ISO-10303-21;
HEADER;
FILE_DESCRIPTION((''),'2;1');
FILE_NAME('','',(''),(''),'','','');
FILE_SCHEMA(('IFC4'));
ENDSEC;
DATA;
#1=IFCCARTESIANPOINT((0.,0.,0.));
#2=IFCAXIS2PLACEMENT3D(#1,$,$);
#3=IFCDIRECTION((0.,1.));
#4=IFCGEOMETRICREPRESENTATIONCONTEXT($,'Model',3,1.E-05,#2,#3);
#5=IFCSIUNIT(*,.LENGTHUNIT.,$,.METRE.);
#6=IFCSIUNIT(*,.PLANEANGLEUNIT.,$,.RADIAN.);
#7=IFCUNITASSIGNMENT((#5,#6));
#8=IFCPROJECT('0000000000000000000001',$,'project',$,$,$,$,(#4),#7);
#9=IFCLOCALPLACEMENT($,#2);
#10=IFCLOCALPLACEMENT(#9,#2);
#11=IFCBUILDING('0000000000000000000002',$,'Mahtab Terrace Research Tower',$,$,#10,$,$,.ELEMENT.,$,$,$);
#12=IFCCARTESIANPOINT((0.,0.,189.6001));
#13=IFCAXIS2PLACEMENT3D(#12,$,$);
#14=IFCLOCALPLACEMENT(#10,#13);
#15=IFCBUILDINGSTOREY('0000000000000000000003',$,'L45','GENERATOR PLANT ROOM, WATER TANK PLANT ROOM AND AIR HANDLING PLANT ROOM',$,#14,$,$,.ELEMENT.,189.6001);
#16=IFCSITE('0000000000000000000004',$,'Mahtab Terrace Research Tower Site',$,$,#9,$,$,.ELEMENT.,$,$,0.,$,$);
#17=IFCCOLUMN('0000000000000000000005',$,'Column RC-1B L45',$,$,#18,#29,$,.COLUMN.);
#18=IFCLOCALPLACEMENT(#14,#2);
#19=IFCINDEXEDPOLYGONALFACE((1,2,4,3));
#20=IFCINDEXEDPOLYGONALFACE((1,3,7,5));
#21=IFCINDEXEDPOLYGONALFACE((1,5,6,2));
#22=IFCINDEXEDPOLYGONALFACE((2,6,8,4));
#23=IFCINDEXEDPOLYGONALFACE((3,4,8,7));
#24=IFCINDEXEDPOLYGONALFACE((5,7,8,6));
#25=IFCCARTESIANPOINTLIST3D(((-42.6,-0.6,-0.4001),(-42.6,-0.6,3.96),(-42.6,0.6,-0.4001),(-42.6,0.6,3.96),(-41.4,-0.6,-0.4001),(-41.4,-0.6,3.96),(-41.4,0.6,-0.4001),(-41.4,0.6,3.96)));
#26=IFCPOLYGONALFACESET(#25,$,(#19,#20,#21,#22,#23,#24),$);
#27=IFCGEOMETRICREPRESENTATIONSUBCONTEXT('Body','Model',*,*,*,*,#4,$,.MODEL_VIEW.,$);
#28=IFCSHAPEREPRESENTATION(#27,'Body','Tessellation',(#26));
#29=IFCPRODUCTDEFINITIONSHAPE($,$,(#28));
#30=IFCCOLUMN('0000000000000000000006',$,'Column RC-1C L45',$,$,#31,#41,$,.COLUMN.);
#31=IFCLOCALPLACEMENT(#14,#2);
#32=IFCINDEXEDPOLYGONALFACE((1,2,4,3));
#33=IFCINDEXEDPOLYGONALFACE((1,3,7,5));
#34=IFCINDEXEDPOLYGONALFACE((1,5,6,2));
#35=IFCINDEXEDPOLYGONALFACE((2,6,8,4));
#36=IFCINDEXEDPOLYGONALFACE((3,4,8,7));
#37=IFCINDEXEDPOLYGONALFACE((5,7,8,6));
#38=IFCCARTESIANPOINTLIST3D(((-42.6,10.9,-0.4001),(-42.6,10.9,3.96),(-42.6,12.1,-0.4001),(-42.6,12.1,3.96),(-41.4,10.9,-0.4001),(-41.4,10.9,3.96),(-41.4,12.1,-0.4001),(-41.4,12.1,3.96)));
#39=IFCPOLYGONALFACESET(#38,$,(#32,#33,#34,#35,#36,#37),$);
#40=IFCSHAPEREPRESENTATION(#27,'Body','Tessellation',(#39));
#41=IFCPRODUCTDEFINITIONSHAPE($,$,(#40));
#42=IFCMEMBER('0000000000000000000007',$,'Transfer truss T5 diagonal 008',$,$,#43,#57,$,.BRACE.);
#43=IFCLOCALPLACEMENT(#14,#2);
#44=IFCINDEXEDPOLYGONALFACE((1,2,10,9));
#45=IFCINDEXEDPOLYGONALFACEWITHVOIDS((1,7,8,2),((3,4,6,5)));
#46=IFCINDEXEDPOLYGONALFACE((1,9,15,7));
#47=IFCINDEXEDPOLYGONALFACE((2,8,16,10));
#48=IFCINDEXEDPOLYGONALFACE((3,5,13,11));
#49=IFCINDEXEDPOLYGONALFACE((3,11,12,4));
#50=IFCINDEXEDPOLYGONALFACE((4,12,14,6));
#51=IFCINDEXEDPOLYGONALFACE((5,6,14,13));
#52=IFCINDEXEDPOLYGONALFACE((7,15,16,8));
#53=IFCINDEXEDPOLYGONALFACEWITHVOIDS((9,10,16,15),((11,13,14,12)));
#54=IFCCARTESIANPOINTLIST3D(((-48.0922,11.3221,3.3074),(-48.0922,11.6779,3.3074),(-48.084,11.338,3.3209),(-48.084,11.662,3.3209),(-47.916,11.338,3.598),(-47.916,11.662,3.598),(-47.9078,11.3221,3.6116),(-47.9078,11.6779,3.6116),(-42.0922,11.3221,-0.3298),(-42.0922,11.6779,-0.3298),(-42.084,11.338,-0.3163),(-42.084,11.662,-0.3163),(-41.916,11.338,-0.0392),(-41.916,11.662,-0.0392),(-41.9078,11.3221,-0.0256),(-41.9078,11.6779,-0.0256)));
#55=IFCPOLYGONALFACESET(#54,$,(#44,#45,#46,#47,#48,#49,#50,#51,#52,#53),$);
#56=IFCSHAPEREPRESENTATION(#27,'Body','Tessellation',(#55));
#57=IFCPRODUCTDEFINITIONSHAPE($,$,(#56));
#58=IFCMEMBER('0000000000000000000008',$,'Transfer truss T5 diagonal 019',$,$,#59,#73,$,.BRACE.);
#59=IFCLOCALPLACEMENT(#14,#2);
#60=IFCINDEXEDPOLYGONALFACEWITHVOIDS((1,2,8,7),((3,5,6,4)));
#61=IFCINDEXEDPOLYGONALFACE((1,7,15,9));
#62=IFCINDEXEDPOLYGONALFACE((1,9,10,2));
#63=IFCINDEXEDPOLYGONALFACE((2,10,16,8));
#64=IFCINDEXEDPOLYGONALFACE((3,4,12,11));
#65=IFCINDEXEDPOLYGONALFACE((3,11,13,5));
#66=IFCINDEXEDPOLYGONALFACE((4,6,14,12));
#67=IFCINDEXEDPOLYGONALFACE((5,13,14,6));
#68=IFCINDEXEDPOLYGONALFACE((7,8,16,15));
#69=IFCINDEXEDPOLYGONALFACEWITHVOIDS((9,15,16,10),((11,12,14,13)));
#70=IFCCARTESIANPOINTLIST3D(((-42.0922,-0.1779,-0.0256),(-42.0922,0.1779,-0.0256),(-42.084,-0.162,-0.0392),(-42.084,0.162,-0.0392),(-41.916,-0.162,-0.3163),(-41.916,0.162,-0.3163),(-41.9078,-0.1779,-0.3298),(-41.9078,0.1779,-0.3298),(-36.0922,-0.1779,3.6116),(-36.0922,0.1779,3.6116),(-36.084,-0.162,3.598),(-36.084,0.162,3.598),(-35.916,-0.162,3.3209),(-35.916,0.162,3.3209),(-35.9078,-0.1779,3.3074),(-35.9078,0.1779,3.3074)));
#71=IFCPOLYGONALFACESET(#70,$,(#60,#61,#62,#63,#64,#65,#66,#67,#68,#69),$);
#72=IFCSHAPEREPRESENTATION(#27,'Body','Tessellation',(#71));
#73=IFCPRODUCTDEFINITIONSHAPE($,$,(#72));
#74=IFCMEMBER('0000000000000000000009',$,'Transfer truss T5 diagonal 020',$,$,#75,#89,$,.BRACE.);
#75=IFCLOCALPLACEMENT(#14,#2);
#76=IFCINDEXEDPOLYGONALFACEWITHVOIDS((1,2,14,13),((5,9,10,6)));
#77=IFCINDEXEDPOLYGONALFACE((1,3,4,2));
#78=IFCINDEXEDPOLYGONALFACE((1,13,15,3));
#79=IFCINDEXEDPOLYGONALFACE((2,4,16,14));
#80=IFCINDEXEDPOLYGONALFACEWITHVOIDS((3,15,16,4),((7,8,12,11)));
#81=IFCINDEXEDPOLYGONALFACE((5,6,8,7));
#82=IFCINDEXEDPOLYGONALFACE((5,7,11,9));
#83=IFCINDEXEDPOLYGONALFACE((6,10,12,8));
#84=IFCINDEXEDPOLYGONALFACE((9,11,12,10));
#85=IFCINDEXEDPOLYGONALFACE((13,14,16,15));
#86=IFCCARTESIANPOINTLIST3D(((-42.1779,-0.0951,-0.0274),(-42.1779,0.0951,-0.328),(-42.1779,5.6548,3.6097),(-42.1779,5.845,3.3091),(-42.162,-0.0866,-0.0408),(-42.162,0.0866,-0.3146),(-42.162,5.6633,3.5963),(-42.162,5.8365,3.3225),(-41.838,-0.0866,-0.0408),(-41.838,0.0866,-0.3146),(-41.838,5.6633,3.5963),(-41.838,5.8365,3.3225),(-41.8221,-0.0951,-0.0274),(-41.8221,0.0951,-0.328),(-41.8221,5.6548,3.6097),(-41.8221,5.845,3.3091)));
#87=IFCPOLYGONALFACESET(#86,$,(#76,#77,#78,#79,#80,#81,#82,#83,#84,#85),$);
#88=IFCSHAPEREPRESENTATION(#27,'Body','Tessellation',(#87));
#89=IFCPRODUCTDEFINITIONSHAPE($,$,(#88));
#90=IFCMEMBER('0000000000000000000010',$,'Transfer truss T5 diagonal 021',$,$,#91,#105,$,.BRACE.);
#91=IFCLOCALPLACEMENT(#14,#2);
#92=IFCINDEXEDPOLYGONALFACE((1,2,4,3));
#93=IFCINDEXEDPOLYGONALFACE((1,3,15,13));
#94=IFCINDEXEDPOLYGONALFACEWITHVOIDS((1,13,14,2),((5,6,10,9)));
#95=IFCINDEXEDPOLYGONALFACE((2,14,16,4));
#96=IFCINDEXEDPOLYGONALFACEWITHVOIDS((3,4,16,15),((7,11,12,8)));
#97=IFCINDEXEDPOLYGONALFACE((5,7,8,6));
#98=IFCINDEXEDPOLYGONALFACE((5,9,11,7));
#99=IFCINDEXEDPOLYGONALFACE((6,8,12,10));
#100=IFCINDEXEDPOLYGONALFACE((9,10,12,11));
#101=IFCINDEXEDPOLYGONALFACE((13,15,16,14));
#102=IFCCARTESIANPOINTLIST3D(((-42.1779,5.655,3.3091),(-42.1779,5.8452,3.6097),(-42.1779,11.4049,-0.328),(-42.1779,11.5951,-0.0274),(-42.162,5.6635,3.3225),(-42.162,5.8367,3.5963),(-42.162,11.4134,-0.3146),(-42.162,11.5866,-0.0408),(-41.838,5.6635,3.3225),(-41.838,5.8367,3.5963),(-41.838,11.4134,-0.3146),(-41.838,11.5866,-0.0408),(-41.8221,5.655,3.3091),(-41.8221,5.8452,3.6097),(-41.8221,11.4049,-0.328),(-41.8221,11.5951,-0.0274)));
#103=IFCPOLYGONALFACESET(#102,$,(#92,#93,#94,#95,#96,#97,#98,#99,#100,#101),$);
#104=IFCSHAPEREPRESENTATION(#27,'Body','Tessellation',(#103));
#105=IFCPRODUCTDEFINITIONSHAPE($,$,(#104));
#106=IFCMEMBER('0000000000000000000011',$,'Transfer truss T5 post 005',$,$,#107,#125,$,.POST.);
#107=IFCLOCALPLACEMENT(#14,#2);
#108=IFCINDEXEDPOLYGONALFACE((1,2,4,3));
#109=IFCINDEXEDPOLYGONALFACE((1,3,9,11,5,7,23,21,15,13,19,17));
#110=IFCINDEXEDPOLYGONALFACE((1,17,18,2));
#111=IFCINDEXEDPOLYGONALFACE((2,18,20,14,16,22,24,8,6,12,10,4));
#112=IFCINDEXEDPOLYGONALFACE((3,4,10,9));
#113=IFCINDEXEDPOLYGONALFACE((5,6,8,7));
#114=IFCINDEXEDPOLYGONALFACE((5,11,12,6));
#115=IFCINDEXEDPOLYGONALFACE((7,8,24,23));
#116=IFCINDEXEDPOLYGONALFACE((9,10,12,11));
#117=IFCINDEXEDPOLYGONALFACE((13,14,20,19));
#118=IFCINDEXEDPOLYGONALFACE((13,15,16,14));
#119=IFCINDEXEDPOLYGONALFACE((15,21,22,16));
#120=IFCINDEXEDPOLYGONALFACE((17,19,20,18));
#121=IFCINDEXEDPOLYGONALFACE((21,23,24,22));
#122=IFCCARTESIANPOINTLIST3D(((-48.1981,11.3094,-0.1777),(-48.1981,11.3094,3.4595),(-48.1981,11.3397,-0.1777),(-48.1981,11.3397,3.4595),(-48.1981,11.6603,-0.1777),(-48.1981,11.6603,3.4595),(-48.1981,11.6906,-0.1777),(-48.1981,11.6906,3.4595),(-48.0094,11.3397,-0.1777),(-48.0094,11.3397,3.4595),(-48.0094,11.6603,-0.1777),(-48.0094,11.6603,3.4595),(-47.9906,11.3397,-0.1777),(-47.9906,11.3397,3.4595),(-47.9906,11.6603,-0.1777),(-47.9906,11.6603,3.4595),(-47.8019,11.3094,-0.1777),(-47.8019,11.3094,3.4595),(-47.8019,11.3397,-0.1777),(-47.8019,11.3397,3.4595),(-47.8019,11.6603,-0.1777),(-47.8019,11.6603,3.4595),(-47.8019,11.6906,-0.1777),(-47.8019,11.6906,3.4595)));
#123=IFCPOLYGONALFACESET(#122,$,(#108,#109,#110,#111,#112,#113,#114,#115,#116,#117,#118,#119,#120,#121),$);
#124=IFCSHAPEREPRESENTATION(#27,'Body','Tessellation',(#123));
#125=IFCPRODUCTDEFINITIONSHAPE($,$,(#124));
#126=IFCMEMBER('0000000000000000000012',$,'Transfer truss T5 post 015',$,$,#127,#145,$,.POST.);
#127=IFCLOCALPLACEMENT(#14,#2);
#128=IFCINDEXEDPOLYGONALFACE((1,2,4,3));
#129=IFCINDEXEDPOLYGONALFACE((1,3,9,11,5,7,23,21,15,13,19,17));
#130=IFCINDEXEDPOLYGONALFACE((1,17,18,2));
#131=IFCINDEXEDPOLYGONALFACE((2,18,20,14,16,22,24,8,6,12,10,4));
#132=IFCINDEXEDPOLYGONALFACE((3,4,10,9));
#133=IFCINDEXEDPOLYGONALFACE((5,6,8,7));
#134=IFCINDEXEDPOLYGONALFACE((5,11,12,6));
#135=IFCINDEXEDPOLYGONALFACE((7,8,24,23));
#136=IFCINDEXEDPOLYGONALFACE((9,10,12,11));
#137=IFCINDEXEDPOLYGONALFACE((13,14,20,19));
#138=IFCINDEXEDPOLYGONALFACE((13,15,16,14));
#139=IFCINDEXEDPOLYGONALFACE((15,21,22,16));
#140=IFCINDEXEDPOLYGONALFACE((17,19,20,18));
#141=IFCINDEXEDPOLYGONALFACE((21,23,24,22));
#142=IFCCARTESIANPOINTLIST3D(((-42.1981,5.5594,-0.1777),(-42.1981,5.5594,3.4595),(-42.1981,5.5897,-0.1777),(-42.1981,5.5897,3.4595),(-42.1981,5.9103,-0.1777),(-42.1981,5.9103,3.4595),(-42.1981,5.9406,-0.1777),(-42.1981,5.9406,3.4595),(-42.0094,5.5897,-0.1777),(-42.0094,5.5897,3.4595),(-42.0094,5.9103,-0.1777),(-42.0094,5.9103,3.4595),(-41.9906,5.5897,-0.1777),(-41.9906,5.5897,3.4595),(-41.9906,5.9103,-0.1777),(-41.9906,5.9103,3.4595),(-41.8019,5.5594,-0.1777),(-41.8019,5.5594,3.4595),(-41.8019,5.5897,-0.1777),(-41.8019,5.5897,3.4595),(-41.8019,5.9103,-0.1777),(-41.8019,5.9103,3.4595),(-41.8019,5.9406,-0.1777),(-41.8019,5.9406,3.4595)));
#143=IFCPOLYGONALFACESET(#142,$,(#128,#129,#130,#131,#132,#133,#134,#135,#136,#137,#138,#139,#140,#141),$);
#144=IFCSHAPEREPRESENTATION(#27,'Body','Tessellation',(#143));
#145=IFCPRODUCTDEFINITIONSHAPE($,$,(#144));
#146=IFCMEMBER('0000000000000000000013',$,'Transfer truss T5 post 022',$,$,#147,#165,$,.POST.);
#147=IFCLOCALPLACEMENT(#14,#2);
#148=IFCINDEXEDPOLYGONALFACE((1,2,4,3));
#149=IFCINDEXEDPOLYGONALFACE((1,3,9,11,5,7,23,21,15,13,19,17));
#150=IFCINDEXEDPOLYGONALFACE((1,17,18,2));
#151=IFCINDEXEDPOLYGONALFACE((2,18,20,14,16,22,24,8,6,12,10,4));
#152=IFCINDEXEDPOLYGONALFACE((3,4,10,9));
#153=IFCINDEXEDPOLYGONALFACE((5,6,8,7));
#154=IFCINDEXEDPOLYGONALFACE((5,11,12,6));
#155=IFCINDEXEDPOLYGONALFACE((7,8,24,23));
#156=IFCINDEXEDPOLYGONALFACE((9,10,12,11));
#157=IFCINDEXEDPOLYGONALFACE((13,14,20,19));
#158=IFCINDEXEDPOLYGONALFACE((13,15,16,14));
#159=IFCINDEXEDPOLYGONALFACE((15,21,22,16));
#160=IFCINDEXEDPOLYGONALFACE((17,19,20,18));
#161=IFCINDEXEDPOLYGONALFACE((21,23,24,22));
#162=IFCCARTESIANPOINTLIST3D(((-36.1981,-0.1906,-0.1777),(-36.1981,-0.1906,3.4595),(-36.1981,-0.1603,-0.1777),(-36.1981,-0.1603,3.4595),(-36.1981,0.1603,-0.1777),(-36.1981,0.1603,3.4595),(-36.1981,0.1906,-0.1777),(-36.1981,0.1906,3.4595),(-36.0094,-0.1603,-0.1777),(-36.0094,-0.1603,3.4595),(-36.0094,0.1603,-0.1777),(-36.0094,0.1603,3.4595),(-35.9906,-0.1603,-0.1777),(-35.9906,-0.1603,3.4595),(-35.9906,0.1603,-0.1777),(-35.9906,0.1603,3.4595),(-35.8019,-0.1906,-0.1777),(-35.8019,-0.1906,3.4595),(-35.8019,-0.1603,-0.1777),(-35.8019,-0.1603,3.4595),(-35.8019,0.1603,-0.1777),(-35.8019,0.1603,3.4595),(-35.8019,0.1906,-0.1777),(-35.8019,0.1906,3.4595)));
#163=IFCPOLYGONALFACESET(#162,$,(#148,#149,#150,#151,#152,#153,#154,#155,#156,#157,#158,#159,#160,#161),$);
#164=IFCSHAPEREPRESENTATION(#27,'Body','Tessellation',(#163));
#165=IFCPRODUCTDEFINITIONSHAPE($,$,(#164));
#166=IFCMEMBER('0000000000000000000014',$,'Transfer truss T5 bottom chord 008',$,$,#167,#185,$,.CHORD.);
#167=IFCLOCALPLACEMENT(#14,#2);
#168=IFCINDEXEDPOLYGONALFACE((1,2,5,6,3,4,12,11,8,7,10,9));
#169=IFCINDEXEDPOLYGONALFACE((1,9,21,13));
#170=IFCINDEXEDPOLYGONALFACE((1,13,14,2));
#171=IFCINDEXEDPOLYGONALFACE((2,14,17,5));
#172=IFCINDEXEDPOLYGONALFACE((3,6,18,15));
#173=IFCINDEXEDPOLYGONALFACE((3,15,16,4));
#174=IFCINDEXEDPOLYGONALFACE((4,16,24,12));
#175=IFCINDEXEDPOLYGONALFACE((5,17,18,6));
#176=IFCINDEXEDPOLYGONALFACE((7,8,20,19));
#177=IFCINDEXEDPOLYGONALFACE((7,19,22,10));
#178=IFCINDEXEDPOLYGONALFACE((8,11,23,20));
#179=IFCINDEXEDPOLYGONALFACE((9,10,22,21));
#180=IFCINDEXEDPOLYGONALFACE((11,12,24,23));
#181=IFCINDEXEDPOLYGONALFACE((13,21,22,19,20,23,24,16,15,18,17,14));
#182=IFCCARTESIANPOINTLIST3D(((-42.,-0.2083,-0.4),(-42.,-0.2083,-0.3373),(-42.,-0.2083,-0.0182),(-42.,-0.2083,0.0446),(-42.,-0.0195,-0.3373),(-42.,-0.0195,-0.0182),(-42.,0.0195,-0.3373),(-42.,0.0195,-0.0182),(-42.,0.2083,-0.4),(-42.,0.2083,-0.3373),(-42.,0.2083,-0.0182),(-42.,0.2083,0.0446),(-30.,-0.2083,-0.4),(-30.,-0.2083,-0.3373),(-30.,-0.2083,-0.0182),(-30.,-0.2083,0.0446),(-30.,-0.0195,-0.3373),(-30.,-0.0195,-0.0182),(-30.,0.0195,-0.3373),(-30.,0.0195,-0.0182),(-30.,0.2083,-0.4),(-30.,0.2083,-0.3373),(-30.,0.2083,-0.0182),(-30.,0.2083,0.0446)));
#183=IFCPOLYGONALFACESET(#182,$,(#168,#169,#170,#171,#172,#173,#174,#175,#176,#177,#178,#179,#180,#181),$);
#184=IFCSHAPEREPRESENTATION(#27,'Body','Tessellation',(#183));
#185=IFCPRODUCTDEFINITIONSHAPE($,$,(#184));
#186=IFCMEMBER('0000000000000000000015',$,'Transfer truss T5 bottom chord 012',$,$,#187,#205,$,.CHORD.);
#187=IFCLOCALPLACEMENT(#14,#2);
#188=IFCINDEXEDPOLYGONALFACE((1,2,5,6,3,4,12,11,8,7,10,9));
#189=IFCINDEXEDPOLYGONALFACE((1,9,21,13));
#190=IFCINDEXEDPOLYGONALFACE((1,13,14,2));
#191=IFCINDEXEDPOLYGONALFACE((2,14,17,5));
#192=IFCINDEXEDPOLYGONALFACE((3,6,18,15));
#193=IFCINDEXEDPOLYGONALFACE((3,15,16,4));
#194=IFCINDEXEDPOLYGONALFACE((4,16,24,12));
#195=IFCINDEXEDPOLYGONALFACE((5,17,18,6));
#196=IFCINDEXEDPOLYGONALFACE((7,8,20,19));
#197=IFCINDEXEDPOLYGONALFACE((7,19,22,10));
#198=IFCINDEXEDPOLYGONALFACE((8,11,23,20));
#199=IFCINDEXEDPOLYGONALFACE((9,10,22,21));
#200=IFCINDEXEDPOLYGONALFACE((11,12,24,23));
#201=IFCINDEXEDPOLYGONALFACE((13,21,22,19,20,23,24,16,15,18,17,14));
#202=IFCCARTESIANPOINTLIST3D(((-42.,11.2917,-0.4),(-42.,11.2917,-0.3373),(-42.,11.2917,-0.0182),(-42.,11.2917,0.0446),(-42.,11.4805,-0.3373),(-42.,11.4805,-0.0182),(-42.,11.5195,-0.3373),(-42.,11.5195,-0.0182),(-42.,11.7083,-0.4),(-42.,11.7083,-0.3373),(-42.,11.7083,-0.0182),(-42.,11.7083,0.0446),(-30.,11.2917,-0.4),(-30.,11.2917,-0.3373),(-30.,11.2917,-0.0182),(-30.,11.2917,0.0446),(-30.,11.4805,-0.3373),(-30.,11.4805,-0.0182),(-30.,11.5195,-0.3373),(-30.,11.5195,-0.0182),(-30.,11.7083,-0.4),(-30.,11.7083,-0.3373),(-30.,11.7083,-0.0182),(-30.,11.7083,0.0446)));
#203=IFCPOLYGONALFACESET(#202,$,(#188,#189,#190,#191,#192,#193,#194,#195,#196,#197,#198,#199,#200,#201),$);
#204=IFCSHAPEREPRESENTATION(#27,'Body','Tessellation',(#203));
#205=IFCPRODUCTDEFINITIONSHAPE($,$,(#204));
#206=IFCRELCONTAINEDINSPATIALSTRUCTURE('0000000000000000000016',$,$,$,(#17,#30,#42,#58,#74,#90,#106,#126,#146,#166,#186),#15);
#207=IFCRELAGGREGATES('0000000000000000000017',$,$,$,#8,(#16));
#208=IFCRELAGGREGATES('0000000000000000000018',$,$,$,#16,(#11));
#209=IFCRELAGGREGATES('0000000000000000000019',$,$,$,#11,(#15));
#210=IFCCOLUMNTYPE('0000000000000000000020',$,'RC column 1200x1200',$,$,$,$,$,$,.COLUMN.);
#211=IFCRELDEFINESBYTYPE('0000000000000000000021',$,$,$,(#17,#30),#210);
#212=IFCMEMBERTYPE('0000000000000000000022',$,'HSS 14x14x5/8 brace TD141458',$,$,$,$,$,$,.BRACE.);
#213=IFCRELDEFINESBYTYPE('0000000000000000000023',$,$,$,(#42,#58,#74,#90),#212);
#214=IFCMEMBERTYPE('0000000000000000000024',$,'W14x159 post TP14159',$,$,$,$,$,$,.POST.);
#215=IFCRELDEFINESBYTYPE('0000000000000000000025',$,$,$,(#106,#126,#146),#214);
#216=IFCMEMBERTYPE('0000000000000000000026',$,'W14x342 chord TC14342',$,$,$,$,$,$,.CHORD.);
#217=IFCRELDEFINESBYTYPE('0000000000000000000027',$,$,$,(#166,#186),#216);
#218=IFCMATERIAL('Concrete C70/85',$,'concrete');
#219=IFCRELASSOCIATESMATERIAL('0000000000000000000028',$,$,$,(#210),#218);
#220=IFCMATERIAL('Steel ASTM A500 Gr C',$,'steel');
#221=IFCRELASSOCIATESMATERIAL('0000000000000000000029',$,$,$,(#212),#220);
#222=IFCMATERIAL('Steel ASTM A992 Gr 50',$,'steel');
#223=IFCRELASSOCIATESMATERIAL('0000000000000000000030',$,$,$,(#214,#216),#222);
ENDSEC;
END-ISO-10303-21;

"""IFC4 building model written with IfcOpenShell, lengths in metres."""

from ifc_helpers import new_model, si_unit, direction, frame, origin, origin_2d, place, context, subcontext, project, spatial, rectangle, hollow_rectangle, i_section, extrude, material, material_profile, profile_set, type_object, element, save


model = new_model("IFC4")

# Units and contexts
model_context = context("Model", 3, precision=1e-05, world=origin(), true_north=direction((0.0, 1.0)))
body_context = subcontext(model_context, "Body", "Model", "MODEL_VIEW")
ifc_project = project(units=[si_unit("LENGTHUNIT", "METRE"), si_unit("PLANEANGLEUNIT", "RADIAN")], contexts=[model_context])

# Site, building, storey
site_placement = place(None, origin())
site = spatial("IfcSite", under=ifc_project, at=site_placement, Name="Mahtab Terrace Research Tower Site", CompositionType="ELEMENT", RefElevation=0.0)
building_placement = place(site_placement, origin())
building = spatial("IfcBuilding", under=site, at=building_placement, Name="Mahtab Terrace Research Tower", CompositionType="ELEMENT")
storey_placement = place(building_placement, frame((0.0, 0.0, 189.6001)))
storey = spatial("IfcBuildingStorey", under=building, at=storey_placement, Name="L45", Description="GENERATOR PLANT ROOM, WATER TANK PLANT ROOM AND AIR HANDLING PLANT ROOM", CompositionType="ELEMENT", Elevation=189.6001)

# Columns
ifc_material_1 = material(Name="Concrete C70/85", Category="concrete")
ifc_material_profile_1 = material_profile(ifc_material_1, rectangle(XDim=1.2, YDim=1.2, at=origin_2d()), Name="RC column 1200x1200")
ifc_profile_set_1 = profile_set([ifc_material_profile_1], Name="Concrete C70/85")
column_type = type_object("IfcColumnType", Name="RC column 1200x1200", PredefinedType="COLUMN", material=ifc_profile_set_1)
for number, where, z_axis, x_axis, name in (
    (1, (-42.0, 0.0, -0.4001), (0.0, 0.0, 1.0), (1.0, 0.0, 0.0), "Column RC-1B L45"),
    (2, (-42.0, 11.5, -0.4001), (0.0, 0.0, 1.0), (1.0, 0.0, 0.0), "Column RC-1C L45"),
):
    element("IfcColumn", number, at=place(storey_placement, frame(where, z_axis=z_axis, x_axis=x_axis)), inside=storey, type_object=column_type, Name=name, PredefinedType="COLUMN", context=body_context, shape_type="SweptSolid", body=[
        extrude(rectangle(XDim=1.2, YDim=1.2, at=origin_2d()), origin(), (0.0, 0.0, 1.0), 4.3601),
    ])

# Members
ifc_material_2 = material(Name="Steel ASTM A500 Gr C", Category="steel")
ifc_material_profile_2 = material_profile(ifc_material_2, hollow_rectangle(XDim=0.3557, YDim=0.3557, WallThickness=0.0159, at=origin_2d()), Name="HSS14X14X5/8")
ifc_profile_set_2 = profile_set([ifc_material_profile_2], Name="Steel ASTM A500 Gr C")
member_type_1 = type_object("IfcMemberType", Name="HSS 14x14x5/8 brace TD141458", PredefinedType="BRACE", material=ifc_profile_set_2)
for number, where, z_axis, x_axis, name in (
    (3, (-42.0, 11.5, -0.1777), (-0.855145, 0.0, 0.51839), (0.0, -1.0, 0.0), "Transfer truss T5 diagonal 008"),
    (4, (-42.0, 0.0, -0.1777), (0.855145, 0.0, 0.51839), (0.0, 1.0, 0.0), "Transfer truss T5 diagonal 019"),
):
    element("IfcMember", number, at=place(storey_placement, frame(where, z_axis=z_axis, x_axis=x_axis)), inside=storey, type_object=member_type_1, Name=name, PredefinedType="BRACE", context=body_context, shape_type="SweptSolid", body=[
        extrude(hollow_rectangle(XDim=0.3557, YDim=0.3557, WallThickness=0.0159, at=origin_2d()), origin(), (0.0, 0.0, 1.0), 7.0164),
    ])
for number, where, z_axis, x_axis, name in (
    (5, (-42.0, 0.0, -0.1777), (0.0, 0.845115, 0.534584), (-1.0, 0.0, 0.0), "Transfer truss T5 diagonal 020"),
    (6, (-42.0, 11.5, -0.1777), (0.0, -0.845115, 0.534584), (1.0, 0.0, 0.0), "Transfer truss T5 diagonal 021"),
):
    element("IfcMember", number, at=place(storey_placement, frame(where, z_axis=z_axis, x_axis=x_axis)), inside=storey, type_object=member_type_1, Name=name, PredefinedType="BRACE", context=body_context, shape_type="SweptSolid", body=[
        extrude(hollow_rectangle(XDim=0.3557, YDim=0.3557, WallThickness=0.0159, at=origin_2d()), origin(), (0.0, 0.0, 1.0), 6.8037),
    ])
ifc_material_3 = material(Name="Steel ASTM A992 Gr 50", Category="steel")
ifc_material_profile_3 = material_profile(ifc_material_3, i_section(OverallWidth=0.3962, OverallDepth=0.3811, WebThickness=0.0188, FlangeThickness=0.0303, at=origin_2d()), Name="W14X159")
ifc_profile_set_3 = profile_set([ifc_material_profile_3], Name="Steel ASTM A992 Gr 50")
member_type_2 = type_object("IfcMemberType", Name="W14x159 post TP14159", PredefinedType="POST", material=ifc_profile_set_3)
for number, where, z_axis, x_axis, name in (
    (7, (-48.0, 11.5, -0.1777), (0.0, 0.0, 1.0), (1.0, 0.0, 0.0), "Transfer truss T5 post 005"),
    (8, (-42.0, 5.75, -0.1777), (0.0, 0.0, 1.0), (1.0, 0.0, 0.0), "Transfer truss T5 post 015"),
    (9, (-36.0, 0.0, -0.1777), (0.0, 0.0, 1.0), (1.0, 0.0, 0.0), "Transfer truss T5 post 022"),
):
    element("IfcMember", number, at=place(storey_placement, frame(where, z_axis=z_axis, x_axis=x_axis)), inside=storey, type_object=member_type_2, Name=name, PredefinedType="POST", context=body_context, shape_type="SweptSolid", body=[
        extrude(i_section(OverallWidth=0.3962, OverallDepth=0.3811, WebThickness=0.0188, FlangeThickness=0.0303, at=origin_2d()), origin(), (0.0, 0.0, 1.0), 3.6372),
    ])
ifc_material_profile_4 = material_profile(ifc_material_3, i_section(OverallWidth=0.4165, OverallDepth=0.4446, WebThickness=0.0391, FlangeThickness=0.0627, at=origin_2d()), Name="W14X342")
ifc_profile_set_4 = profile_set([ifc_material_profile_4], Name="Steel ASTM A992 Gr 50")
member_type_3 = type_object("IfcMemberType", Name="W14x342 chord TC14342", PredefinedType="CHORD", material=ifc_profile_set_4)
for number, where, z_axis, x_axis, name in (
    (10, (-42.0, 0.0, -0.1777), (1.0, 0.0, 0.0), (0.0, 1.0, 0.0), "Transfer truss T5 bottom chord 008"),
    (11, (-42.0, 11.5, -0.1777), (1.0, 0.0, 0.0), (0.0, 1.0, 0.0), "Transfer truss T5 bottom chord 012"),
):
    element("IfcMember", number, at=place(storey_placement, frame(where, z_axis=z_axis, x_axis=x_axis)), inside=storey, type_object=member_type_3, Name=name, PredefinedType="CHORD", context=body_context, shape_type="SweptSolid", body=[
        extrude(i_section(OverallWidth=0.4165, OverallDepth=0.4446, WebThickness=0.0391, FlangeThickness=0.0627, at=origin_2d()), origin(), (0.0, 0.0, 1.0), 12.0),
    ])

save(model, "model.ifc")
